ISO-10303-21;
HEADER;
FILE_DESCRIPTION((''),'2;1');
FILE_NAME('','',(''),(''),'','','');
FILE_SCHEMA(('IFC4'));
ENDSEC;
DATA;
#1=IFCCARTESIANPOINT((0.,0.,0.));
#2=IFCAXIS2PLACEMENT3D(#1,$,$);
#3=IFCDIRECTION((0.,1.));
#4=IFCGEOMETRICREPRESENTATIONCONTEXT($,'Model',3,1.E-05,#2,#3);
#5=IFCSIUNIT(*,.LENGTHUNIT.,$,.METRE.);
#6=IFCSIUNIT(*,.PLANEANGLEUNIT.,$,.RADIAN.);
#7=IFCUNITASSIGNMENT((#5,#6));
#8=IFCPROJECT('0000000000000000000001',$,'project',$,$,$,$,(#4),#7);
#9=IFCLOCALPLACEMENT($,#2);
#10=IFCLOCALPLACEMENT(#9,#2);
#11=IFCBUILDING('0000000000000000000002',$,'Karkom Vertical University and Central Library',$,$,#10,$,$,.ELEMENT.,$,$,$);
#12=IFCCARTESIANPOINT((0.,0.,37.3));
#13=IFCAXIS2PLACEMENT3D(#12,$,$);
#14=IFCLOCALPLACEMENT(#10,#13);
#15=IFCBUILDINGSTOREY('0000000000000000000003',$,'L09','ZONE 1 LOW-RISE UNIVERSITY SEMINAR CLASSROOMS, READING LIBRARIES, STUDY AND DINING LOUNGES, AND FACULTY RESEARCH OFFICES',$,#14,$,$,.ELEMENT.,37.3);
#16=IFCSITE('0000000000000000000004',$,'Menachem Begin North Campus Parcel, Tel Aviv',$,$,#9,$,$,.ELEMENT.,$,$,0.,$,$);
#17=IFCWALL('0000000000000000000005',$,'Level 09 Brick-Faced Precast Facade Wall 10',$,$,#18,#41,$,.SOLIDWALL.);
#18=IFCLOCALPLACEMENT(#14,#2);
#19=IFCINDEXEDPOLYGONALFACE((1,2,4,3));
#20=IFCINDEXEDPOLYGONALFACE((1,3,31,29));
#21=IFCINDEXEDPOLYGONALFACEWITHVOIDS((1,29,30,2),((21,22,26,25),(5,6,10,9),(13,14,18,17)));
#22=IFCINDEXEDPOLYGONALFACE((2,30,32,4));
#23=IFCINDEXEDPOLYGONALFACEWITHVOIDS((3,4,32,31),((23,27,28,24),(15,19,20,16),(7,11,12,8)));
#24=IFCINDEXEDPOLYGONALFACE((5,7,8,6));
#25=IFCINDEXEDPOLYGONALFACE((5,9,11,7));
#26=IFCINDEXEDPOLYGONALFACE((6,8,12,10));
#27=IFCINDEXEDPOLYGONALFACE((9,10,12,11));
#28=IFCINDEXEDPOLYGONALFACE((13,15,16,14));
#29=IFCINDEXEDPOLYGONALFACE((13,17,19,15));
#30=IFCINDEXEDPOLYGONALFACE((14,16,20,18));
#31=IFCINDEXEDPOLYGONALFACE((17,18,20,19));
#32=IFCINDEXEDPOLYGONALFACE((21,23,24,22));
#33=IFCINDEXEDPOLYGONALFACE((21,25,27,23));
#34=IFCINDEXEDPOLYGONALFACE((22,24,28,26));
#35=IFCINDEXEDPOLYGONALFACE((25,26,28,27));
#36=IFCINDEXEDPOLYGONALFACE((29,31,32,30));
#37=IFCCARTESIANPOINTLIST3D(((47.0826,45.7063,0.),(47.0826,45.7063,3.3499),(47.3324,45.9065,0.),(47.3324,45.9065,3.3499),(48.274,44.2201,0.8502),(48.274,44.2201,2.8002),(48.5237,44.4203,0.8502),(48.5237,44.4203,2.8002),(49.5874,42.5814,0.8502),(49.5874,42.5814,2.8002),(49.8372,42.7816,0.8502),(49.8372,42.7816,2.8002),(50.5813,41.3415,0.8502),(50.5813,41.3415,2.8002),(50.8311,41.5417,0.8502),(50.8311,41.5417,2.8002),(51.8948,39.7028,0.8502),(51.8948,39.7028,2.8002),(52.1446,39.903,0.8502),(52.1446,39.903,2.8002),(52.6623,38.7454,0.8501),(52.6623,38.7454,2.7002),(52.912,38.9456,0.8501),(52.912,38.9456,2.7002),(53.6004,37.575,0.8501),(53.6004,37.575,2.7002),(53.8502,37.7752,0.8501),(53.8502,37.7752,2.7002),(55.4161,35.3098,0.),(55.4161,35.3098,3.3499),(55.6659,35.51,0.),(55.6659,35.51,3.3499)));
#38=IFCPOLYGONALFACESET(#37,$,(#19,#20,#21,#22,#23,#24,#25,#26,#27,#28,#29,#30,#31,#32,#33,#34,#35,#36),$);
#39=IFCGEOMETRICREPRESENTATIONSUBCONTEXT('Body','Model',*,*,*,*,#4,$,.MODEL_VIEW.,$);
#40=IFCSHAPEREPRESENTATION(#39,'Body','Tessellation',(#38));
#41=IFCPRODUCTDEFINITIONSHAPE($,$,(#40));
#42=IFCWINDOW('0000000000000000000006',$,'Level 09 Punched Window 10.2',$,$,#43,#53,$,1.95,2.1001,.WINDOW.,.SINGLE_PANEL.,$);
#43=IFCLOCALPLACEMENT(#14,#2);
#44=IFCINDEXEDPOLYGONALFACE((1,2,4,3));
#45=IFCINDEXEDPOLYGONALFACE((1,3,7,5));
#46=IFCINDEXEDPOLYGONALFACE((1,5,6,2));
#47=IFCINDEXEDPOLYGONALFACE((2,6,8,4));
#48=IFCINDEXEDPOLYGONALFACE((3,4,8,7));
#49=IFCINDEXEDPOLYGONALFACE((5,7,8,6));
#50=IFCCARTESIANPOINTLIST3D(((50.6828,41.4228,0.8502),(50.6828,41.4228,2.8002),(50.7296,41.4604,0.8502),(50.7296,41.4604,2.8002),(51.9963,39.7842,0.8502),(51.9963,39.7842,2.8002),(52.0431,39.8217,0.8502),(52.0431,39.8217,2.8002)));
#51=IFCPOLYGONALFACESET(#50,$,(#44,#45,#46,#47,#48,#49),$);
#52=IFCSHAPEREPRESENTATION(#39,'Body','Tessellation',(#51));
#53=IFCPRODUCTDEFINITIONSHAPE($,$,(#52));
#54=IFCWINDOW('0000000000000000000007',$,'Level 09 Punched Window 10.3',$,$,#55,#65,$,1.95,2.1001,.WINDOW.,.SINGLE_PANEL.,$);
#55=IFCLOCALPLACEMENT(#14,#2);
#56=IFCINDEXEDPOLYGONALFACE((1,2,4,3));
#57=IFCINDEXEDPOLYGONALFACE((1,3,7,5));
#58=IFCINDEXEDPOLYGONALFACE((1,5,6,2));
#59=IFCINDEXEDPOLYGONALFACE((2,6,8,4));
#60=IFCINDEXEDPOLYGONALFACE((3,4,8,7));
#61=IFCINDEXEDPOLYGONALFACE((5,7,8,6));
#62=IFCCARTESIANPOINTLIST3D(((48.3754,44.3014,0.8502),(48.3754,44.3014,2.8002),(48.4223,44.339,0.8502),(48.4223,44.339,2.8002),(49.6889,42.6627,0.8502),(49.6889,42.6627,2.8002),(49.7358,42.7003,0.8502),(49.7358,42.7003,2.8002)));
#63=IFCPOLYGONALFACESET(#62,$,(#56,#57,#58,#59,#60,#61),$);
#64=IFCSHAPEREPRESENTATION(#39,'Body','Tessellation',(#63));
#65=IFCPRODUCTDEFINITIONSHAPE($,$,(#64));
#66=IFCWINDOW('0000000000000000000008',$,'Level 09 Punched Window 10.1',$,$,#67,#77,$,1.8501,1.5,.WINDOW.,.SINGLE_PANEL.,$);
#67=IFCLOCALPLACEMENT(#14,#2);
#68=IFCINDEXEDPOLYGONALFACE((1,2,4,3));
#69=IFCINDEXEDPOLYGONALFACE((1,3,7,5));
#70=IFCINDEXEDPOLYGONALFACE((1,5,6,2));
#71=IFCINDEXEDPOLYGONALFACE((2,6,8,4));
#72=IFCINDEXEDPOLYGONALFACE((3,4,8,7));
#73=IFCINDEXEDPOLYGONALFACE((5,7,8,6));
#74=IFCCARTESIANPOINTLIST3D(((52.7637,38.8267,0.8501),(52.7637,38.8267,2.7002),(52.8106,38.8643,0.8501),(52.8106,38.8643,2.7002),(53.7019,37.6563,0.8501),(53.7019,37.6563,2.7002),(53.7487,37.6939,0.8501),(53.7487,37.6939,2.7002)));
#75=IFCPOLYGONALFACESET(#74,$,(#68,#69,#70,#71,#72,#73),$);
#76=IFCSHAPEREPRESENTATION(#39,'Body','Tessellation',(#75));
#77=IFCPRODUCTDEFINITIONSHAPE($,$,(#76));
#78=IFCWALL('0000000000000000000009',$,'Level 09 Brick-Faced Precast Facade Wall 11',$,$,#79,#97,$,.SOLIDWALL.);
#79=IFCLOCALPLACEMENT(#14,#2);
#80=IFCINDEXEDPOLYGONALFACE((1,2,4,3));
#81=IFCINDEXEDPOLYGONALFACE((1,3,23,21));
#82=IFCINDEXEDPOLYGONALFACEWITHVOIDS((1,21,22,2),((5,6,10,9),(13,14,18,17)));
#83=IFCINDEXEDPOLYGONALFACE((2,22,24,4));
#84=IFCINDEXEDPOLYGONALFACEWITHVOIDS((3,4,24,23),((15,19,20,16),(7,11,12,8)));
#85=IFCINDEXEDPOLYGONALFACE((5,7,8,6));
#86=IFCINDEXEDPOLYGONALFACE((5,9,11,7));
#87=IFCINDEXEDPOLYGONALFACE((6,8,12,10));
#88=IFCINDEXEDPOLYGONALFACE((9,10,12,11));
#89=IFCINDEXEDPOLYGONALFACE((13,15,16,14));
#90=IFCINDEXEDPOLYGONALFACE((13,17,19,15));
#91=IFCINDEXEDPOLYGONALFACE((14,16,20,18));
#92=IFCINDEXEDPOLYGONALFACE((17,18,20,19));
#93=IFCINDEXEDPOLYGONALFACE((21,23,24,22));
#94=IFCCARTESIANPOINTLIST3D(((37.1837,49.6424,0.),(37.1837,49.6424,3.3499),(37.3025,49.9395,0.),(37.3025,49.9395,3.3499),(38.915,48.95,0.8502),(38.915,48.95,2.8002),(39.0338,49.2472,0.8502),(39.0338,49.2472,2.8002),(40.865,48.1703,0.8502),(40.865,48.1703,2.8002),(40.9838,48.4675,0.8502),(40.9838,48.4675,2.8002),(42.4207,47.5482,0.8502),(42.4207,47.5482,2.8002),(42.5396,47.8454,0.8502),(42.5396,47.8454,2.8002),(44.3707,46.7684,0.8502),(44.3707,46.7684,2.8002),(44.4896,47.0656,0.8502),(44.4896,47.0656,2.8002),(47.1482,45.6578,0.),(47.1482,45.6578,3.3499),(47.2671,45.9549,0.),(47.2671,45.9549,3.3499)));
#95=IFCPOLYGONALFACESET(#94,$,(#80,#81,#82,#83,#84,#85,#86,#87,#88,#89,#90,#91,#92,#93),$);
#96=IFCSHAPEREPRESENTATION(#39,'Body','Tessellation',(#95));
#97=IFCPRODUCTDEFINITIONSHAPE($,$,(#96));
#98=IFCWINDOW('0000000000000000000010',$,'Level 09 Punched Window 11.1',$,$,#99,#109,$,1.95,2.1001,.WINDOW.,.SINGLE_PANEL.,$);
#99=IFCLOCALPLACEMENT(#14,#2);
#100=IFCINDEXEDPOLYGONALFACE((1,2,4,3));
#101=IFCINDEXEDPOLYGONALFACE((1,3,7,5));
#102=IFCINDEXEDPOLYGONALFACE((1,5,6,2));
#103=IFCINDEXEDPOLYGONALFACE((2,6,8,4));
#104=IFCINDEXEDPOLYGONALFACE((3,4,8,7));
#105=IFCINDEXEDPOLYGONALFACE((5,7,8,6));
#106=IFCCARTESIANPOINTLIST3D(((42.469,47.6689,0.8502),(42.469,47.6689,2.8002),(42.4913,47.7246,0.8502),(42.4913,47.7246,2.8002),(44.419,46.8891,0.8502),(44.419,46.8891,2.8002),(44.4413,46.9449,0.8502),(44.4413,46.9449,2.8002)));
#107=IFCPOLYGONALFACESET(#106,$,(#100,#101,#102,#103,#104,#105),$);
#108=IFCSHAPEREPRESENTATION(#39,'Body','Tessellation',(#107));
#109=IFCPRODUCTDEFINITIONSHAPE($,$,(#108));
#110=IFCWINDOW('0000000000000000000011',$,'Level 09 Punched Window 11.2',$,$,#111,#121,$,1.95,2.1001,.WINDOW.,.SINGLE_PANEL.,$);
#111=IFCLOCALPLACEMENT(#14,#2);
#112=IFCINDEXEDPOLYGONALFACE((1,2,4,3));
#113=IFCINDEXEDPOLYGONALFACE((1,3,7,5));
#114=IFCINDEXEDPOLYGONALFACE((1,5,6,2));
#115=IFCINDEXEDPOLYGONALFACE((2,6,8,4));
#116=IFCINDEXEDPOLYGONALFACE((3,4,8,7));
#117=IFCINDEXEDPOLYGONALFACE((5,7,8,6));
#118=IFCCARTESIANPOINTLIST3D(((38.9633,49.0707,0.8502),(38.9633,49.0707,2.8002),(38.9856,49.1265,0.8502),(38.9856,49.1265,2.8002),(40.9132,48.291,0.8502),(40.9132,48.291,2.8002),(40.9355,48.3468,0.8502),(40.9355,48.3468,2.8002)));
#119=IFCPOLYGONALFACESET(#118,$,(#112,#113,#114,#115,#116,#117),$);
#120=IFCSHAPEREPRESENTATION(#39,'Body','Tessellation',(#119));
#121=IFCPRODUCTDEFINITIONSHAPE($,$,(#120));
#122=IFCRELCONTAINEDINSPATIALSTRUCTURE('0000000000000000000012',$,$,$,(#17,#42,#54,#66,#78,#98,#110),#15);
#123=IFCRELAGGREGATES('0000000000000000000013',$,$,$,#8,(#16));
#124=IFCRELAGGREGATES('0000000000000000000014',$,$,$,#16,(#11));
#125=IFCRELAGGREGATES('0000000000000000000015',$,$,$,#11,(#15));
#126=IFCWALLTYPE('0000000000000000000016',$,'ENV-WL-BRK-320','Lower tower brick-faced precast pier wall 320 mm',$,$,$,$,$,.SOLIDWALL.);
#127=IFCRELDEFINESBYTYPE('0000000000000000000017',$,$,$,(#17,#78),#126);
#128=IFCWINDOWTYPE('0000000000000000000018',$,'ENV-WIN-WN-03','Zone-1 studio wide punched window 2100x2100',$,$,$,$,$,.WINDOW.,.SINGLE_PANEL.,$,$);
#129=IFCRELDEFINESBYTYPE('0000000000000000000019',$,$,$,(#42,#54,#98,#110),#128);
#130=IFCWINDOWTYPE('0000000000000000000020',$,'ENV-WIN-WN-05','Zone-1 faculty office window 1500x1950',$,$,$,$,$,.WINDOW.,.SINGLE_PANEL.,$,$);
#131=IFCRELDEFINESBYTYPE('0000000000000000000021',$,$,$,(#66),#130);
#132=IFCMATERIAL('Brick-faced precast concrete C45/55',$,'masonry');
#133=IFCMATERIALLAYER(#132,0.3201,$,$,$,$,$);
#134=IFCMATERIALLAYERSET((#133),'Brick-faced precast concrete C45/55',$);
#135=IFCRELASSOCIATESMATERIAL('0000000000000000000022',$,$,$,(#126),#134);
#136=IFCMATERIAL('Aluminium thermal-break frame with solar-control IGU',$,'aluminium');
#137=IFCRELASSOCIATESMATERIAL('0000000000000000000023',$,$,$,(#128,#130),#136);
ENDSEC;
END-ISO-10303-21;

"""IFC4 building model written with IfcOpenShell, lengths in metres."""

from ifc_helpers import new_model, si_unit, direction, frame, frame_2d, origin, origin_with_axes, place, context, subcontext, project, spatial, rectangle, extrude, source, transform, mapped, material, layer, layer_set, type_object, element, fill, save


model = new_model("IFC4")

# Units and contexts
model_context = context("Model", 3, precision=1e-05, world=origin(), true_north=direction((0.0, 1.0)))
body_context = subcontext(model_context, "Body", "Model", "MODEL_VIEW")
ifc_project = project(units=[si_unit("LENGTHUNIT", "METRE"), si_unit("PLANEANGLEUNIT", "RADIAN")], contexts=[model_context])

# Site, building, storey
site_placement = place(None, origin())
site = spatial("IfcSite", under=ifc_project, at=site_placement, Name="Menachem Begin North Campus Parcel, Tel Aviv", CompositionType="ELEMENT", RefElevation=0.0)
building_placement = place(site_placement, origin())
building = spatial("IfcBuilding", under=site, at=building_placement, Name="Karkom Vertical University and Central Library", CompositionType="ELEMENT")
storey_placement = place(building_placement, frame((0.0, 0.0, 37.3)))
storey = spatial("IfcBuildingStorey", under=building, at=storey_placement, Name="L09", Description="ZONE 1 LOW-RISE UNIVERSITY SEMINAR CLASSROOMS, READING LIBRARIES, STUDY AND DINING LOUNGES, AND FACULTY RESEARCH OFFICES", CompositionType="ELEMENT", Elevation=37.3)

# Walls, openings, windows
ifc_material_1 = material(Name="Brick-faced precast concrete C45/55", Category="masonry")
ifc_layer = layer(ifc_material_1, 0.3201)
ifc_layer_set = layer_set([ifc_layer], Name="Brick-faced precast concrete C45/55")
wall_type = type_object("IfcWallType", Name="ENV-WL-BRK-320", Description="Lower tower brick-faced precast pier wall 320 mm", PredefinedType="SOLIDWALL", material=ifc_layer_set)
wall_1_placement = place(storey_placement, frame((55.541, 35.4099, 0.0), z_axis=(0.0, 0.0, 1.0), x_axis=(-0.625441, 0.780271, 0.0)))
wall_1 = element("IfcWall", 1, at=wall_1_placement, inside=storey, type_object=wall_type, Name="Level 09 Brick-Faced Precast Facade Wall 10", PredefinedType="SOLIDWALL", context=body_context, shape_type="SweptSolid", body=[
    extrude(rectangle(XDim=13.3242, YDim=0.3201, at=frame_2d((6.6621, 0.0))), origin(), (0.0, 0.0, 1.0), 3.3499),
])
opening_1_placement = place(wall_1_placement, frame((2.9031, 0.0, 0.8501)))
opening_1 = element("IfcOpeningElement", 2, at=opening_1_placement, cuts=wall_1, PredefinedType="OPENING", context=body_context, shape_type="SweptSolid", body=[
    extrude(rectangle(XDim=1.5, YDim=1.8501, at=frame_2d((0.75, 0.925))), frame((0.0, 0.1699, 0.0), z_axis=(0.0, -1.0, 0.0), x_axis=(1.0, 0.0, 0.0)), (0.0, 0.0, 1.0), 0.3401),
])
opening_2_placement = place(wall_1_placement, frame((5.6301, 0.0, 0.8501)))
opening_2 = element("IfcOpeningElement", 3, at=opening_2_placement, cuts=wall_1, PredefinedType="OPENING", context=body_context, shape_type="SweptSolid", body=[
    extrude(rectangle(XDim=2.1001, YDim=1.95, at=frame_2d((1.05, 0.9751))), frame((0.0, 0.1699, 0.0), z_axis=(0.0, -1.0, 0.0), x_axis=(1.0, 0.0, 0.0)), (0.0, 0.0, 1.0), 0.3401),
])
opening_3_placement = place(wall_1_placement, frame((9.3193, 0.0, 0.8501)))
opening_3 = element("IfcOpeningElement", 4, at=opening_3_placement, cuts=wall_1, PredefinedType="OPENING", context=body_context, shape_type="SweptSolid", body=[
    extrude(rectangle(XDim=2.1001, YDim=1.95, at=frame_2d((1.05, 0.9751))), frame((0.0, 0.1699, 0.0), z_axis=(0.0, -1.0, 0.0), x_axis=(1.0, 0.0, 0.0)), (0.0, 0.0, 1.0), 0.3401),
])
ifc_material_2 = material(Name="Aluminium thermal-break frame with solar-control IGU", Category="aluminium")
window_type_1 = type_object("IfcWindowType", Name="ENV-WIN-WN-03", Description="Zone-1 studio wide punched window 2100x2100", PartitioningType="SINGLE_PANEL", PredefinedType="WINDOW", material=ifc_material_2)
shared_shape_1 = source(origin_with_axes(), body_context, "Body", "SweptSolid", [
    extrude(rectangle(XDim=2.1001, YDim=1.95, at=frame_2d((1.05, 0.9751))), frame((0.0, 0.03, 0.0), z_axis=(0.0, -1.0, 0.0), x_axis=(1.0, 0.0, 0.0)), (0.0, 0.0, 1.0), 0.0601),
])
window_1_placement = place(opening_2_placement, origin())
window_1 = element("IfcWindow", 5, at=window_1_placement, inside=storey, type_object=window_type_1, Name="Level 09 Punched Window 10.2", OverallHeight=1.95, OverallWidth=2.1001, PartitioningType="SINGLE_PANEL", PredefinedType="WINDOW", context=body_context, shape_type="MappedRepresentation", body=[
    mapped(shared_shape_1, transform((0.0, 0.0, 0.0), scale=1.0)),
])
fill(opening_2, window_1)
window_2_placement = place(opening_3_placement, origin())
window_2 = element("IfcWindow", 6, at=window_2_placement, inside=storey, type_object=window_type_1, Name="Level 09 Punched Window 10.3", OverallHeight=1.95, OverallWidth=2.1001, PartitioningType="SINGLE_PANEL", PredefinedType="WINDOW", context=body_context, shape_type="MappedRepresentation", body=[
    mapped(shared_shape_1, transform((0.0, 0.0, 0.0), scale=1.0)),
])
fill(opening_3, window_2)
window_type_2 = type_object("IfcWindowType", Name="ENV-WIN-WN-05", Description="Zone-1 faculty office window 1500x1950", PartitioningType="SINGLE_PANEL", PredefinedType="WINDOW", material=ifc_material_2)
shared_shape_2 = source(origin_with_axes(), body_context, "Body", "SweptSolid", [
    extrude(rectangle(XDim=1.5, YDim=1.8501, at=frame_2d((0.75, 0.925))), frame((0.0, 0.03, 0.0), z_axis=(0.0, -1.0, 0.0), x_axis=(1.0, 0.0, 0.0)), (0.0, 0.0, 1.0), 0.0601),
])
window_3_placement = place(opening_1_placement, origin())
window_3 = element("IfcWindow", 7, at=window_3_placement, inside=storey, type_object=window_type_2, Name="Level 09 Punched Window 10.1", OverallHeight=1.8501, OverallWidth=1.5, PartitioningType="SINGLE_PANEL", PredefinedType="WINDOW", context=body_context, shape_type="MappedRepresentation", body=[
    mapped(shared_shape_2, transform((0.0, 0.0, 0.0), scale=1.0)),
])
fill(opening_1, window_3)
wall_2_placement = place(storey_placement, frame((47.2075, 45.8064, 0.0), z_axis=(0.0, 0.0, 1.0), x_axis=(-0.928516, 0.371293, 0.0)))
wall_2 = element("IfcWall", 8, at=wall_2_placement, inside=storey, type_object=wall_type, Name="Level 09 Brick-Faced Precast Facade Wall 11", PredefinedType="SOLIDWALL", context=body_context, shape_type="SweptSolid", body=[
    extrude(rectangle(XDim=10.7317, YDim=0.3201, at=frame_2d((5.3657, 0.0))), origin(), (0.0, 0.0, 1.0), 3.3499),
])
opening_4_placement = place(wall_2_placement, frame((2.9912, 0.0, 0.8501)))
opening_4 = element("IfcOpeningElement", 9, at=opening_4_placement, cuts=wall_2, PredefinedType="OPENING", context=body_context, shape_type="SweptSolid", body=[
    extrude(rectangle(XDim=2.1001, YDim=1.95, at=frame_2d((1.05, 0.9751))), frame((0.0, 0.1699, 0.0), z_axis=(0.0, -1.0, 0.0), x_axis=(1.0, 0.0, 0.0)), (0.0, 0.0, 1.0), 0.3401),
])
opening_5_placement = place(wall_2_placement, frame((6.7668, 0.0, 0.8501)))
opening_5 = element("IfcOpeningElement", 10, at=opening_5_placement, cuts=wall_2, PredefinedType="OPENING", context=body_context, shape_type="SweptSolid", body=[
    extrude(rectangle(XDim=2.1001, YDim=1.95, at=frame_2d((1.05, 0.9751))), frame((0.0, 0.1699, 0.0), z_axis=(0.0, -1.0, 0.0), x_axis=(1.0, 0.0, 0.0)), (0.0, 0.0, 1.0), 0.3401),
])
window_4_placement = place(opening_4_placement, origin())
window_4 = element("IfcWindow", 11, at=window_4_placement, inside=storey, type_object=window_type_1, Name="Level 09 Punched Window 11.1", OverallHeight=1.95, OverallWidth=2.1001, PartitioningType="SINGLE_PANEL", PredefinedType="WINDOW", context=body_context, shape_type="MappedRepresentation", body=[
    mapped(shared_shape_1, transform((0.0, 0.0, 0.0), scale=1.0)),
])
fill(opening_4, window_4)
window_5_placement = place(opening_5_placement, origin())
window_5 = element("IfcWindow", 12, at=window_5_placement, inside=storey, type_object=window_type_1, Name="Level 09 Punched Window 11.2", OverallHeight=1.95, OverallWidth=2.1001, PartitioningType="SINGLE_PANEL", PredefinedType="WINDOW", context=body_context, shape_type="MappedRepresentation", body=[
    mapped(shared_shape_1, transform((0.0, 0.0, 0.0), scale=1.0)),
])
fill(opening_5, window_5)

save(model, "model.ifc")
